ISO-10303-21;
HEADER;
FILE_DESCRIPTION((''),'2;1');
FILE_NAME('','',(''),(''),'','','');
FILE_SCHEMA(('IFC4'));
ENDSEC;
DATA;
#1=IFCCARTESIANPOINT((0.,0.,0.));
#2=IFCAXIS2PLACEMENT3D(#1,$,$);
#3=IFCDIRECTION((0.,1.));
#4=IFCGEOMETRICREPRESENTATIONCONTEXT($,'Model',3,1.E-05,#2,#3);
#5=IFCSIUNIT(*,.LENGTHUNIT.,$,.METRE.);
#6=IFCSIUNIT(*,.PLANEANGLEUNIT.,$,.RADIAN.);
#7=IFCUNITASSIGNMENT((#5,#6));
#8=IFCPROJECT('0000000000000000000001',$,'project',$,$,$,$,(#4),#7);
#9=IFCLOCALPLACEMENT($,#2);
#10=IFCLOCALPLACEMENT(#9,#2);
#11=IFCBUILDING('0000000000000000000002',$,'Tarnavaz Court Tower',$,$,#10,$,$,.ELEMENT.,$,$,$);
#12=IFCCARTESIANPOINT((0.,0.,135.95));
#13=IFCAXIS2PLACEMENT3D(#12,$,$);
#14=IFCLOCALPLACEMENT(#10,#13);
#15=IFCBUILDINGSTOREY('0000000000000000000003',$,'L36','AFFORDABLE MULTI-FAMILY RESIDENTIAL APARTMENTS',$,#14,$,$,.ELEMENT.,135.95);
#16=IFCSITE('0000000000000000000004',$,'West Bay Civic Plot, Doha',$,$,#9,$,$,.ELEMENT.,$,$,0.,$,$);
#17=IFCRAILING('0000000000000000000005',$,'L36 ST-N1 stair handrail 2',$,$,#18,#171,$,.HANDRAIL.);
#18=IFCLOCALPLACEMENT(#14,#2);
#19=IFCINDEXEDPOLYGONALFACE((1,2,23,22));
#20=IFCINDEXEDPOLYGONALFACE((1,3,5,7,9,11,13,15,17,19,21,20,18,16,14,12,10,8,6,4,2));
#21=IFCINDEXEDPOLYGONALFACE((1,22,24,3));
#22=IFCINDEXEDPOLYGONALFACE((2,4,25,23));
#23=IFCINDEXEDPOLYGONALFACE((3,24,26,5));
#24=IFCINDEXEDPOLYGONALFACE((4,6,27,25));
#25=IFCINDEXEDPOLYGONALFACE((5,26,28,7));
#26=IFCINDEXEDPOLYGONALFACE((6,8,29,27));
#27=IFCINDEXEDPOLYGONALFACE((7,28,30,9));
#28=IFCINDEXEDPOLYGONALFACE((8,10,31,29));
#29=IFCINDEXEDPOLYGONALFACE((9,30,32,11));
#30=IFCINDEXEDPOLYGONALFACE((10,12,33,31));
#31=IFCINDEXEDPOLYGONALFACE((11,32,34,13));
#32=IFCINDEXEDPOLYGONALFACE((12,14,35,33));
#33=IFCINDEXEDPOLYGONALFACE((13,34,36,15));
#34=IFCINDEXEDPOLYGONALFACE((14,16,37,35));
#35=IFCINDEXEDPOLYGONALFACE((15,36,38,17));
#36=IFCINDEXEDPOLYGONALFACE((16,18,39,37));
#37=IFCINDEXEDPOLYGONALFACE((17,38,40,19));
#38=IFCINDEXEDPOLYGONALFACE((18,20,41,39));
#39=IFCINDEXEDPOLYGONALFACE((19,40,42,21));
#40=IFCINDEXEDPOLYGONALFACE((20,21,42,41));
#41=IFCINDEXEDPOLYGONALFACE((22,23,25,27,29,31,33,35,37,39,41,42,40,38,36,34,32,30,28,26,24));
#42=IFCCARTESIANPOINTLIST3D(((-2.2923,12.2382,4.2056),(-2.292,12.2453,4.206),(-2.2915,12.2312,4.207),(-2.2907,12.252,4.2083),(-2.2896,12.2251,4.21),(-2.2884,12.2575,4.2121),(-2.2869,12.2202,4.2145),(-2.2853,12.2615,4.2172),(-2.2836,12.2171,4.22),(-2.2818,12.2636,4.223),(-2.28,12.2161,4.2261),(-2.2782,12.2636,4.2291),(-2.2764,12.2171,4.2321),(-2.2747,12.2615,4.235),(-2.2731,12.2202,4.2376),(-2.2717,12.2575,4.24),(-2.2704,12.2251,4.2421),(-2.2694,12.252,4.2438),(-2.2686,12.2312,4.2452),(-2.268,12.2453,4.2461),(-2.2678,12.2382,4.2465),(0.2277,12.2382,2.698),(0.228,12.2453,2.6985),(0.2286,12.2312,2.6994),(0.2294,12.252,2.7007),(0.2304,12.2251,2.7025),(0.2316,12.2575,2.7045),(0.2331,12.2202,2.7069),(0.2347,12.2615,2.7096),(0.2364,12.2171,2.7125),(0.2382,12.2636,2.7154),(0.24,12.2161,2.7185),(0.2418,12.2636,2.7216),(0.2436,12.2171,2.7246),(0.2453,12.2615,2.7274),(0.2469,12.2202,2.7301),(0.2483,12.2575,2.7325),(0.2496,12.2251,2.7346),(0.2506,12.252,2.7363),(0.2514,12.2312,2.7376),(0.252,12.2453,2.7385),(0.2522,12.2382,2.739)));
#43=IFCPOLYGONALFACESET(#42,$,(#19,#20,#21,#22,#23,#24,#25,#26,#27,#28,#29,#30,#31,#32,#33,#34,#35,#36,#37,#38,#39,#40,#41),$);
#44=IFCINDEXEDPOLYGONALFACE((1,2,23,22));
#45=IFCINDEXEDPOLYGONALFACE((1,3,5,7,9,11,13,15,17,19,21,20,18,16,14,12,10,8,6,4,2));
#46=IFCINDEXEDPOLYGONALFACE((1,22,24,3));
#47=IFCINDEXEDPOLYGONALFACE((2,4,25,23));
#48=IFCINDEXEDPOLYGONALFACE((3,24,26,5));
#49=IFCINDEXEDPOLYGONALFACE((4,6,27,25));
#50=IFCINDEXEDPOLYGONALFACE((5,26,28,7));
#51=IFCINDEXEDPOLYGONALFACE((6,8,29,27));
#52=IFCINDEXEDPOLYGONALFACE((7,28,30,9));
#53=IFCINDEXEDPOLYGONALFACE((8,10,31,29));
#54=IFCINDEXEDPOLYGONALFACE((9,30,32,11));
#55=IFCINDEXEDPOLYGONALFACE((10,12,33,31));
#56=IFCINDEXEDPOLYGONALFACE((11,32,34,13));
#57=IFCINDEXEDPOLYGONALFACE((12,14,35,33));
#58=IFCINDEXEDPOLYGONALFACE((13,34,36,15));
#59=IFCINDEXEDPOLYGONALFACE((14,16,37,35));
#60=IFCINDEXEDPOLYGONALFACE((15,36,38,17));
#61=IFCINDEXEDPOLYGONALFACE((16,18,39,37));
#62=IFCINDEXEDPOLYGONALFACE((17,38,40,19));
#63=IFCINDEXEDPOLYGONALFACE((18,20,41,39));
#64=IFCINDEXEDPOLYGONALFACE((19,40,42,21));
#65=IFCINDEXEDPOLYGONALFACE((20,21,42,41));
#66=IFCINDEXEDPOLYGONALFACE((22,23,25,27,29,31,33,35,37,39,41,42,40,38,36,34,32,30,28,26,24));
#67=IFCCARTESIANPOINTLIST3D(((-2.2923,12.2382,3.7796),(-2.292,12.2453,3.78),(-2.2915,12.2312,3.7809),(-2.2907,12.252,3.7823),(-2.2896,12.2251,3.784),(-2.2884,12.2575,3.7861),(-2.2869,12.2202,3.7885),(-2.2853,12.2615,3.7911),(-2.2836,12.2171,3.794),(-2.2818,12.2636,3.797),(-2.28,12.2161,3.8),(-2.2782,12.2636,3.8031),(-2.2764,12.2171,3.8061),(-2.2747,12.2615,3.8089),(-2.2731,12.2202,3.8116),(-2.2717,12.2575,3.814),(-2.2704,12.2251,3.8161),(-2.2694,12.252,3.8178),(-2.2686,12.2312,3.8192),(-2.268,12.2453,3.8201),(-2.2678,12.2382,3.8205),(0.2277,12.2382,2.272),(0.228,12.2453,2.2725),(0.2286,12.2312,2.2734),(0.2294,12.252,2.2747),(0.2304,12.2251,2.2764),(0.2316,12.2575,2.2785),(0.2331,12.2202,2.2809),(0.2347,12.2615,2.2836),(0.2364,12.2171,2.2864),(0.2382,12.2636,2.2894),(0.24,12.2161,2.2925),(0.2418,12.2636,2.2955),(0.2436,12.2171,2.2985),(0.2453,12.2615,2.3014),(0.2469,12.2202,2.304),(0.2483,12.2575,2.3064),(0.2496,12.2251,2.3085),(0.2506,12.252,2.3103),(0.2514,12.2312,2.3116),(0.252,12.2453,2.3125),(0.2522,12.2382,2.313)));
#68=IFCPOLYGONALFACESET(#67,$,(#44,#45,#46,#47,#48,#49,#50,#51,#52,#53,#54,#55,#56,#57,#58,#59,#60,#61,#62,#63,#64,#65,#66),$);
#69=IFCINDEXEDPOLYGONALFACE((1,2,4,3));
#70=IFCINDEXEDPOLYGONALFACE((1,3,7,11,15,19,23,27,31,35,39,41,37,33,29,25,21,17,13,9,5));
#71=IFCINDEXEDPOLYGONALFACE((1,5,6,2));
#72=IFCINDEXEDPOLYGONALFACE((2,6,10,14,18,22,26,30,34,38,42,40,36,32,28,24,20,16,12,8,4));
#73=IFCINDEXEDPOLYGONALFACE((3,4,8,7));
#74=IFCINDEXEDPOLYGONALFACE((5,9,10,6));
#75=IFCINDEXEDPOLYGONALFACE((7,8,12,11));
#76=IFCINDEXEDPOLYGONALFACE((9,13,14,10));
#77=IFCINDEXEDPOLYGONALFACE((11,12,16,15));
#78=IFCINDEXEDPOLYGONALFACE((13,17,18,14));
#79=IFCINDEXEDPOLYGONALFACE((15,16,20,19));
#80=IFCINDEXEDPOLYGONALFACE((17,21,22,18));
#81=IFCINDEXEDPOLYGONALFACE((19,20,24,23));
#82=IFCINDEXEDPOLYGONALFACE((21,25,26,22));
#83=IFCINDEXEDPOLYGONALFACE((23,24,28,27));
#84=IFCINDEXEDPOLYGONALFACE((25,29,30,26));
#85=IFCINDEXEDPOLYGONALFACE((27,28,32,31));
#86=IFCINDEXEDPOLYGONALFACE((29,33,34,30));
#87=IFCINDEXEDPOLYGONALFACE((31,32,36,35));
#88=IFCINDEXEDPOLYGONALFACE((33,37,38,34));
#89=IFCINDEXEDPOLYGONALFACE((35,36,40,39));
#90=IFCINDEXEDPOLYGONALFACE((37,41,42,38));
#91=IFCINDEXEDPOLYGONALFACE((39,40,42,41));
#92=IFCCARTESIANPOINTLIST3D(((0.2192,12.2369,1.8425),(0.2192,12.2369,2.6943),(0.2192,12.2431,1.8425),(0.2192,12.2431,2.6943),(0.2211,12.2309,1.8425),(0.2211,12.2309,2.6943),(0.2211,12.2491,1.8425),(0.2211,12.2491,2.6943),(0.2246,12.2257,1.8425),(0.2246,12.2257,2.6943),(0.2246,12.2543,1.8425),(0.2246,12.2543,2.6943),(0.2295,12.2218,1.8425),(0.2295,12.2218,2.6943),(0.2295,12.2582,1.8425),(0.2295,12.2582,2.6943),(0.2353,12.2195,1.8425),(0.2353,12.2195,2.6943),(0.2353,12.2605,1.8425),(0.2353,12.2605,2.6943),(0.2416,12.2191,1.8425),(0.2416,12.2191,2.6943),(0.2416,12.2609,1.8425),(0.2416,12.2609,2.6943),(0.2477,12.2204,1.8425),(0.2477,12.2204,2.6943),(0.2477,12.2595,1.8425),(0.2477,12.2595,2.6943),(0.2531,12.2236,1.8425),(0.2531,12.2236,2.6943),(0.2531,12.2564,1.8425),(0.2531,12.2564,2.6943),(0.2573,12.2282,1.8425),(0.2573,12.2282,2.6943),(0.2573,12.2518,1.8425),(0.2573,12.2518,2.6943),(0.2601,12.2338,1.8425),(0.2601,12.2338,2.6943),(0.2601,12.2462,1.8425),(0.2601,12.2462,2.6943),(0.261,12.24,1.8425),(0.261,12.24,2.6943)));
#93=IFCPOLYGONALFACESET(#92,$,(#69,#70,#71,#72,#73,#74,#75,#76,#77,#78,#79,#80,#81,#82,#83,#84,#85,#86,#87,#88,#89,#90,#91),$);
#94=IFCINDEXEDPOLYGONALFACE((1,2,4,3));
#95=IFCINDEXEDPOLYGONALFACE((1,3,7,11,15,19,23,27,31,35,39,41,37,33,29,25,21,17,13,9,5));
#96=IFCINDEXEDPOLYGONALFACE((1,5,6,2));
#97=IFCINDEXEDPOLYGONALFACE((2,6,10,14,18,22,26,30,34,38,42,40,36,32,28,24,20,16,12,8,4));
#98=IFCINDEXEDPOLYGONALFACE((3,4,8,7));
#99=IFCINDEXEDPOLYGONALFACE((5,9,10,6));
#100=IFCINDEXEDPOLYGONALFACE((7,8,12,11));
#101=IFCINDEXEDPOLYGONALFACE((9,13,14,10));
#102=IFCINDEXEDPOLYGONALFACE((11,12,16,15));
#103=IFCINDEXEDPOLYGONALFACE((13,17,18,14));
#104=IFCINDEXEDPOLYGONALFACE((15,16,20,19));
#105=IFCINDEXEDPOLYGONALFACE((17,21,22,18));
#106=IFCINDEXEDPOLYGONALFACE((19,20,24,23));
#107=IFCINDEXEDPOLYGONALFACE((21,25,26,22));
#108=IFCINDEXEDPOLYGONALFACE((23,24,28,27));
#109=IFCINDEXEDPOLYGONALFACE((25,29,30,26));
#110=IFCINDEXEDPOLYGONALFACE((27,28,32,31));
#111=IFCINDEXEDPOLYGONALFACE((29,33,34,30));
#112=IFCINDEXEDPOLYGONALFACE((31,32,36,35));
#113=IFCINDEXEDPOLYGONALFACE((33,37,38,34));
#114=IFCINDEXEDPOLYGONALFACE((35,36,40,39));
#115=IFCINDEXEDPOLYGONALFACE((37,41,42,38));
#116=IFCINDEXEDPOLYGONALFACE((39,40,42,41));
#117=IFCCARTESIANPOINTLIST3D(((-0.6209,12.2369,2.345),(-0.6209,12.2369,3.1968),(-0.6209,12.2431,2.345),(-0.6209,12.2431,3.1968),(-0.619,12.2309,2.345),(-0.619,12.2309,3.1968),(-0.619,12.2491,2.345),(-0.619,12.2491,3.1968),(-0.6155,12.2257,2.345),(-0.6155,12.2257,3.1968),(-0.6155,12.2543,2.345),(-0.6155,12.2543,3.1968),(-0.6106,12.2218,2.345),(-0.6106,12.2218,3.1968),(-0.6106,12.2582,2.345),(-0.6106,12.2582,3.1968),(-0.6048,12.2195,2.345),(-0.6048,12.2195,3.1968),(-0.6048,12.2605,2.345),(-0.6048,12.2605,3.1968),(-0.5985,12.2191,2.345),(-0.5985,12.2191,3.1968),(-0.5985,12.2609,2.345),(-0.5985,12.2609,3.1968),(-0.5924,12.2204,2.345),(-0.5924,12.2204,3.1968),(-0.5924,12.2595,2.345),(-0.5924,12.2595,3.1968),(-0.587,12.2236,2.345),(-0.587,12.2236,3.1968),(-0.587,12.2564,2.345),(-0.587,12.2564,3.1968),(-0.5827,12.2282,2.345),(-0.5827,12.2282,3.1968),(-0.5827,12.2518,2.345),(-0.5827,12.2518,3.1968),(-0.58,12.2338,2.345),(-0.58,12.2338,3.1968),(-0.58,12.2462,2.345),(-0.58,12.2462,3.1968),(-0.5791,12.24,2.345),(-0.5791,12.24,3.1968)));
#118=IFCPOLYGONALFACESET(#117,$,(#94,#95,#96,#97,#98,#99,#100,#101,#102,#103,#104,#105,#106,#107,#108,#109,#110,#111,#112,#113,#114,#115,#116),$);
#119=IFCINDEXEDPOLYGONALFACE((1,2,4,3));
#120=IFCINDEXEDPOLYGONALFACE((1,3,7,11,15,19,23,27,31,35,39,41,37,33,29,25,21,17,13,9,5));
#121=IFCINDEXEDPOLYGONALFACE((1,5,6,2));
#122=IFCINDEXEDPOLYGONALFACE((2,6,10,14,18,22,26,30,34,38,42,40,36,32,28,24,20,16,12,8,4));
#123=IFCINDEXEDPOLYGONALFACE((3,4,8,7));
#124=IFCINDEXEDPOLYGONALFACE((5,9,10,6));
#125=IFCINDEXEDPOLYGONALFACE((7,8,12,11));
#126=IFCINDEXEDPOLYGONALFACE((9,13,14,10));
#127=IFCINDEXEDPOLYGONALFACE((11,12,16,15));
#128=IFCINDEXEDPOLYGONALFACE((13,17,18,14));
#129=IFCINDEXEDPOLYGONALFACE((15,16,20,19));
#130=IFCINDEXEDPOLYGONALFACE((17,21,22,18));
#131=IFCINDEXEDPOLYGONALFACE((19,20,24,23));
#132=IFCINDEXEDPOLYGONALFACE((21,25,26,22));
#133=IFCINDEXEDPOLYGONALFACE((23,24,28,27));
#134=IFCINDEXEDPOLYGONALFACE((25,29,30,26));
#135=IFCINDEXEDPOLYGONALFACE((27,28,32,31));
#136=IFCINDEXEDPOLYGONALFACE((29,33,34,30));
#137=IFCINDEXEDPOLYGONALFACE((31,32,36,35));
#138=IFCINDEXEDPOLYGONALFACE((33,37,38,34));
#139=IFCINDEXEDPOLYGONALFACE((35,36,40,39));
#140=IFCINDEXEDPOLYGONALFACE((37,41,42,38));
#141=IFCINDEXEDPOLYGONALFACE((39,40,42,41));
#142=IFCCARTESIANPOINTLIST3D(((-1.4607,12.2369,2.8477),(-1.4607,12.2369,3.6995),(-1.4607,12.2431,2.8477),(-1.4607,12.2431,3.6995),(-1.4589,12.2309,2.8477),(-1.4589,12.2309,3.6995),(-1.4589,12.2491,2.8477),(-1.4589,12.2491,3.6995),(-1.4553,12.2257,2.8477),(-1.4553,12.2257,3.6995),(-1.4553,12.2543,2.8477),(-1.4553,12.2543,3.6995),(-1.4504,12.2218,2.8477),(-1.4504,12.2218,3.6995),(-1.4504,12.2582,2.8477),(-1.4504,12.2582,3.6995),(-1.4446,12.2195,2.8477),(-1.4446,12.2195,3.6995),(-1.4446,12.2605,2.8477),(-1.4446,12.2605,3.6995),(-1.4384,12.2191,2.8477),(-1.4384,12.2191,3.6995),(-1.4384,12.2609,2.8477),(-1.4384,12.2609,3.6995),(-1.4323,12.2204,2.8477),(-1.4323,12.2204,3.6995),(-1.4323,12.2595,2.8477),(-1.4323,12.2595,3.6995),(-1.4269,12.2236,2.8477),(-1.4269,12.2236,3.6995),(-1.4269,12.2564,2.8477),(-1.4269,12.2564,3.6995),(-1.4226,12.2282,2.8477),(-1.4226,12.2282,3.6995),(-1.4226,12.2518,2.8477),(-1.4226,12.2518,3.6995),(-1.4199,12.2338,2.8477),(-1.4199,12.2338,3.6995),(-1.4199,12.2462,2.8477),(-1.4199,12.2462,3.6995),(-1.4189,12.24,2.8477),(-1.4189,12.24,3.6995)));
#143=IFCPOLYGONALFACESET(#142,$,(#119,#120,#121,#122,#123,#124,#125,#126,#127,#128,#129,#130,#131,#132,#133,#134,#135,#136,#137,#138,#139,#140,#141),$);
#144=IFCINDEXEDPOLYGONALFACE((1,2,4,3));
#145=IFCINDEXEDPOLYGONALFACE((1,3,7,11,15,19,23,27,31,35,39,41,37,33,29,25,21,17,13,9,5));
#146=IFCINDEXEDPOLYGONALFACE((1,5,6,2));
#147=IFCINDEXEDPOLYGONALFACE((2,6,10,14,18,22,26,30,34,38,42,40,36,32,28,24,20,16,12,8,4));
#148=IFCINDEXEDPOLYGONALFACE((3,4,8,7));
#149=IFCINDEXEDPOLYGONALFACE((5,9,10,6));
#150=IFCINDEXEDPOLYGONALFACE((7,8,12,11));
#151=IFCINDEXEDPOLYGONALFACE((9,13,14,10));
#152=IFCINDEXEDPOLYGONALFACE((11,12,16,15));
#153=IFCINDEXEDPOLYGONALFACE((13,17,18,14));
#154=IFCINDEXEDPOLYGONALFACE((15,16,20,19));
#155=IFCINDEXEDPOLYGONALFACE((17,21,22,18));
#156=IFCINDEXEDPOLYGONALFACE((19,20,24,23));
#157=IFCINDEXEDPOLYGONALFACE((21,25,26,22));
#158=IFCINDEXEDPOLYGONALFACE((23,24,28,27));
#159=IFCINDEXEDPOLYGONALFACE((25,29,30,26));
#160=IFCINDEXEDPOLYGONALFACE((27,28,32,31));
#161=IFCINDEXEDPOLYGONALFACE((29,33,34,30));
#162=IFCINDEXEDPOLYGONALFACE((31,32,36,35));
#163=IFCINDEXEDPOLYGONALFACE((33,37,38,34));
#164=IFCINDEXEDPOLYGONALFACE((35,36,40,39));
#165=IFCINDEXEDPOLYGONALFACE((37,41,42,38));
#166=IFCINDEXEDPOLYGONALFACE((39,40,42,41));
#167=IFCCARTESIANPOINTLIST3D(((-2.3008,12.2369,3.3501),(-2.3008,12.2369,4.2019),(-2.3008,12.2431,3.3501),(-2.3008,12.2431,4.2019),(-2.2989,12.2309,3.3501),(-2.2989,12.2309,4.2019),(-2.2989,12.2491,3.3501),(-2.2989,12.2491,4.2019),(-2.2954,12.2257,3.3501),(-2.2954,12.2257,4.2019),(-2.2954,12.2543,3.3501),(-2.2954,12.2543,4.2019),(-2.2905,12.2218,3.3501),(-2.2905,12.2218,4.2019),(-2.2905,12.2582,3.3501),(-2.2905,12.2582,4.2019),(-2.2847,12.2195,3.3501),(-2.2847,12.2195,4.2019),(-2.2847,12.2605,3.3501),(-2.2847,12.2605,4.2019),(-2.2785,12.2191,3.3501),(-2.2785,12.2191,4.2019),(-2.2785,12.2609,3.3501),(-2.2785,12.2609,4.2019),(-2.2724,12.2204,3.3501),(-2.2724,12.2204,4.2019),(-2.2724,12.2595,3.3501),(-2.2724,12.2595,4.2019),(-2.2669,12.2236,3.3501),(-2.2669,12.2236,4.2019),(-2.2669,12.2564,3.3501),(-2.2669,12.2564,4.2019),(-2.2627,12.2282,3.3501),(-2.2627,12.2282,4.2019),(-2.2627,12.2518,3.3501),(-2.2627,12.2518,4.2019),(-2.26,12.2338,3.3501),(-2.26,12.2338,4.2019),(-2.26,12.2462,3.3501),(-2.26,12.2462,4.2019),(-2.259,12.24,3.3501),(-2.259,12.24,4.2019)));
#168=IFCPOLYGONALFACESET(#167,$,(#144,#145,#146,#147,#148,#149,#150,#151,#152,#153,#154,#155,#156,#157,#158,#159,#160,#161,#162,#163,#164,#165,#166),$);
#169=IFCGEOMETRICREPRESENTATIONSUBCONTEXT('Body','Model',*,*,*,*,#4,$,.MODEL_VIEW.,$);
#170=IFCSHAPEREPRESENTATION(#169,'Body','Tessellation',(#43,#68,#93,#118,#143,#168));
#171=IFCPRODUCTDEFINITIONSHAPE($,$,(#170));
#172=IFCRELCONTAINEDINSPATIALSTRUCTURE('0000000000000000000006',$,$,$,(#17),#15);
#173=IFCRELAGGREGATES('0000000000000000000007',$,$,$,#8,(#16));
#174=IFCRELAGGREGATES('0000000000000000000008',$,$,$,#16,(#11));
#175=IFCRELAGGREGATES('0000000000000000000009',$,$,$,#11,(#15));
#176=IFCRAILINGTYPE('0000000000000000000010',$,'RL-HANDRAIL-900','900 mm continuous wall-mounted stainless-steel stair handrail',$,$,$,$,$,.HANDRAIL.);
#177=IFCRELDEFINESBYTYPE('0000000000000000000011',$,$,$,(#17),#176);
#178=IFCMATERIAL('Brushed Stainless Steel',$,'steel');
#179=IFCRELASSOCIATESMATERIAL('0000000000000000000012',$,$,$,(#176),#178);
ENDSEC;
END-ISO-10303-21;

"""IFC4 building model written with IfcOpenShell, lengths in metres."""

from ifc_helpers import new_model, si_unit, direction, frame, origin, origin_2d, place, context, subcontext, project, spatial, circle, extrude, material, type_object, element, save


model = new_model("IFC4")

# Units and contexts
model_context = context("Model", 3, precision=1e-05, world=origin(), true_north=direction((0.0, 1.0)))
body_context = subcontext(model_context, "Body", "Model", "MODEL_VIEW")
ifc_project = project(units=[si_unit("LENGTHUNIT", "METRE"), si_unit("PLANEANGLEUNIT", "RADIAN")], contexts=[model_context])

# Site, building, storey
site_placement = place(None, origin())
site = spatial("IfcSite", under=ifc_project, at=site_placement, Name="West Bay Civic Plot, Doha", CompositionType="ELEMENT", RefElevation=0.0)
building_placement = place(site_placement, origin())
building = spatial("IfcBuilding", under=site, at=building_placement, Name="Tarnavaz Court Tower", CompositionType="ELEMENT")
storey_placement = place(building_placement, frame((0.0, 0.0, 135.95)))
storey = spatial("IfcBuildingStorey", under=building, at=storey_placement, Name="L36", Description="AFFORDABLE MULTI-FAMILY RESIDENTIAL APARTMENTS", CompositionType="ELEMENT", Elevation=135.95)

# Railing
ifc_material_1 = material(Name="Brushed Stainless Steel", Category="steel")
railing_type_1 = type_object("IfcRailingType", Name="RL-HANDRAIL-900", Description="900 mm continuous wall-mounted stainless-steel stair handrail", PredefinedType="HANDRAIL", material=ifc_material_1)
railing_1_placement = place(storey_placement, frame((0.24, 12.24, 1.8425)))
element("IfcRailing", 1, at=railing_1_placement, inside=storey, type_object=railing_type_1, Name="L36 ST-N1 stair handrail 2", PredefinedType="HANDRAIL", context=body_context, shape_type="SweptSolid", body=[
    extrude(circle(Radius=0.0239, at=origin_2d()), frame((0.0, 0.0, 0.876), z_axis=(-0.85816, 0.0, 0.513383), x_axis=(0.0, -1.0, 0.0)), (0.0, 0.0, 1.0), 2.9365),
    extrude(circle(Radius=0.0239, at=origin_2d()), frame((0.0, 0.0, 0.45), z_axis=(-0.85816, 0.0, 0.513383), x_axis=(0.0, -1.0, 0.0)), (0.0, 0.0, 1.0), 2.9365),
    extrude(circle(Radius=0.021, at=origin_2d()), origin(), (0.0, 0.0, 1.0), 0.8518),
    extrude(circle(Radius=0.021, at=origin_2d()), frame((-0.8401, 0.0, 0.5024)), (0.0, 0.0, 1.0), 0.8518),
    extrude(circle(Radius=0.021, at=origin_2d()), frame((-1.6799, 0.0, 1.0051)), (0.0, 0.0, 1.0), 0.8518),
    extrude(circle(Radius=0.021, at=origin_2d()), frame((-2.52, 0.0, 1.5076)), (0.0, 0.0, 1.0), 0.8518),
])

save(model, "model.ifc")
